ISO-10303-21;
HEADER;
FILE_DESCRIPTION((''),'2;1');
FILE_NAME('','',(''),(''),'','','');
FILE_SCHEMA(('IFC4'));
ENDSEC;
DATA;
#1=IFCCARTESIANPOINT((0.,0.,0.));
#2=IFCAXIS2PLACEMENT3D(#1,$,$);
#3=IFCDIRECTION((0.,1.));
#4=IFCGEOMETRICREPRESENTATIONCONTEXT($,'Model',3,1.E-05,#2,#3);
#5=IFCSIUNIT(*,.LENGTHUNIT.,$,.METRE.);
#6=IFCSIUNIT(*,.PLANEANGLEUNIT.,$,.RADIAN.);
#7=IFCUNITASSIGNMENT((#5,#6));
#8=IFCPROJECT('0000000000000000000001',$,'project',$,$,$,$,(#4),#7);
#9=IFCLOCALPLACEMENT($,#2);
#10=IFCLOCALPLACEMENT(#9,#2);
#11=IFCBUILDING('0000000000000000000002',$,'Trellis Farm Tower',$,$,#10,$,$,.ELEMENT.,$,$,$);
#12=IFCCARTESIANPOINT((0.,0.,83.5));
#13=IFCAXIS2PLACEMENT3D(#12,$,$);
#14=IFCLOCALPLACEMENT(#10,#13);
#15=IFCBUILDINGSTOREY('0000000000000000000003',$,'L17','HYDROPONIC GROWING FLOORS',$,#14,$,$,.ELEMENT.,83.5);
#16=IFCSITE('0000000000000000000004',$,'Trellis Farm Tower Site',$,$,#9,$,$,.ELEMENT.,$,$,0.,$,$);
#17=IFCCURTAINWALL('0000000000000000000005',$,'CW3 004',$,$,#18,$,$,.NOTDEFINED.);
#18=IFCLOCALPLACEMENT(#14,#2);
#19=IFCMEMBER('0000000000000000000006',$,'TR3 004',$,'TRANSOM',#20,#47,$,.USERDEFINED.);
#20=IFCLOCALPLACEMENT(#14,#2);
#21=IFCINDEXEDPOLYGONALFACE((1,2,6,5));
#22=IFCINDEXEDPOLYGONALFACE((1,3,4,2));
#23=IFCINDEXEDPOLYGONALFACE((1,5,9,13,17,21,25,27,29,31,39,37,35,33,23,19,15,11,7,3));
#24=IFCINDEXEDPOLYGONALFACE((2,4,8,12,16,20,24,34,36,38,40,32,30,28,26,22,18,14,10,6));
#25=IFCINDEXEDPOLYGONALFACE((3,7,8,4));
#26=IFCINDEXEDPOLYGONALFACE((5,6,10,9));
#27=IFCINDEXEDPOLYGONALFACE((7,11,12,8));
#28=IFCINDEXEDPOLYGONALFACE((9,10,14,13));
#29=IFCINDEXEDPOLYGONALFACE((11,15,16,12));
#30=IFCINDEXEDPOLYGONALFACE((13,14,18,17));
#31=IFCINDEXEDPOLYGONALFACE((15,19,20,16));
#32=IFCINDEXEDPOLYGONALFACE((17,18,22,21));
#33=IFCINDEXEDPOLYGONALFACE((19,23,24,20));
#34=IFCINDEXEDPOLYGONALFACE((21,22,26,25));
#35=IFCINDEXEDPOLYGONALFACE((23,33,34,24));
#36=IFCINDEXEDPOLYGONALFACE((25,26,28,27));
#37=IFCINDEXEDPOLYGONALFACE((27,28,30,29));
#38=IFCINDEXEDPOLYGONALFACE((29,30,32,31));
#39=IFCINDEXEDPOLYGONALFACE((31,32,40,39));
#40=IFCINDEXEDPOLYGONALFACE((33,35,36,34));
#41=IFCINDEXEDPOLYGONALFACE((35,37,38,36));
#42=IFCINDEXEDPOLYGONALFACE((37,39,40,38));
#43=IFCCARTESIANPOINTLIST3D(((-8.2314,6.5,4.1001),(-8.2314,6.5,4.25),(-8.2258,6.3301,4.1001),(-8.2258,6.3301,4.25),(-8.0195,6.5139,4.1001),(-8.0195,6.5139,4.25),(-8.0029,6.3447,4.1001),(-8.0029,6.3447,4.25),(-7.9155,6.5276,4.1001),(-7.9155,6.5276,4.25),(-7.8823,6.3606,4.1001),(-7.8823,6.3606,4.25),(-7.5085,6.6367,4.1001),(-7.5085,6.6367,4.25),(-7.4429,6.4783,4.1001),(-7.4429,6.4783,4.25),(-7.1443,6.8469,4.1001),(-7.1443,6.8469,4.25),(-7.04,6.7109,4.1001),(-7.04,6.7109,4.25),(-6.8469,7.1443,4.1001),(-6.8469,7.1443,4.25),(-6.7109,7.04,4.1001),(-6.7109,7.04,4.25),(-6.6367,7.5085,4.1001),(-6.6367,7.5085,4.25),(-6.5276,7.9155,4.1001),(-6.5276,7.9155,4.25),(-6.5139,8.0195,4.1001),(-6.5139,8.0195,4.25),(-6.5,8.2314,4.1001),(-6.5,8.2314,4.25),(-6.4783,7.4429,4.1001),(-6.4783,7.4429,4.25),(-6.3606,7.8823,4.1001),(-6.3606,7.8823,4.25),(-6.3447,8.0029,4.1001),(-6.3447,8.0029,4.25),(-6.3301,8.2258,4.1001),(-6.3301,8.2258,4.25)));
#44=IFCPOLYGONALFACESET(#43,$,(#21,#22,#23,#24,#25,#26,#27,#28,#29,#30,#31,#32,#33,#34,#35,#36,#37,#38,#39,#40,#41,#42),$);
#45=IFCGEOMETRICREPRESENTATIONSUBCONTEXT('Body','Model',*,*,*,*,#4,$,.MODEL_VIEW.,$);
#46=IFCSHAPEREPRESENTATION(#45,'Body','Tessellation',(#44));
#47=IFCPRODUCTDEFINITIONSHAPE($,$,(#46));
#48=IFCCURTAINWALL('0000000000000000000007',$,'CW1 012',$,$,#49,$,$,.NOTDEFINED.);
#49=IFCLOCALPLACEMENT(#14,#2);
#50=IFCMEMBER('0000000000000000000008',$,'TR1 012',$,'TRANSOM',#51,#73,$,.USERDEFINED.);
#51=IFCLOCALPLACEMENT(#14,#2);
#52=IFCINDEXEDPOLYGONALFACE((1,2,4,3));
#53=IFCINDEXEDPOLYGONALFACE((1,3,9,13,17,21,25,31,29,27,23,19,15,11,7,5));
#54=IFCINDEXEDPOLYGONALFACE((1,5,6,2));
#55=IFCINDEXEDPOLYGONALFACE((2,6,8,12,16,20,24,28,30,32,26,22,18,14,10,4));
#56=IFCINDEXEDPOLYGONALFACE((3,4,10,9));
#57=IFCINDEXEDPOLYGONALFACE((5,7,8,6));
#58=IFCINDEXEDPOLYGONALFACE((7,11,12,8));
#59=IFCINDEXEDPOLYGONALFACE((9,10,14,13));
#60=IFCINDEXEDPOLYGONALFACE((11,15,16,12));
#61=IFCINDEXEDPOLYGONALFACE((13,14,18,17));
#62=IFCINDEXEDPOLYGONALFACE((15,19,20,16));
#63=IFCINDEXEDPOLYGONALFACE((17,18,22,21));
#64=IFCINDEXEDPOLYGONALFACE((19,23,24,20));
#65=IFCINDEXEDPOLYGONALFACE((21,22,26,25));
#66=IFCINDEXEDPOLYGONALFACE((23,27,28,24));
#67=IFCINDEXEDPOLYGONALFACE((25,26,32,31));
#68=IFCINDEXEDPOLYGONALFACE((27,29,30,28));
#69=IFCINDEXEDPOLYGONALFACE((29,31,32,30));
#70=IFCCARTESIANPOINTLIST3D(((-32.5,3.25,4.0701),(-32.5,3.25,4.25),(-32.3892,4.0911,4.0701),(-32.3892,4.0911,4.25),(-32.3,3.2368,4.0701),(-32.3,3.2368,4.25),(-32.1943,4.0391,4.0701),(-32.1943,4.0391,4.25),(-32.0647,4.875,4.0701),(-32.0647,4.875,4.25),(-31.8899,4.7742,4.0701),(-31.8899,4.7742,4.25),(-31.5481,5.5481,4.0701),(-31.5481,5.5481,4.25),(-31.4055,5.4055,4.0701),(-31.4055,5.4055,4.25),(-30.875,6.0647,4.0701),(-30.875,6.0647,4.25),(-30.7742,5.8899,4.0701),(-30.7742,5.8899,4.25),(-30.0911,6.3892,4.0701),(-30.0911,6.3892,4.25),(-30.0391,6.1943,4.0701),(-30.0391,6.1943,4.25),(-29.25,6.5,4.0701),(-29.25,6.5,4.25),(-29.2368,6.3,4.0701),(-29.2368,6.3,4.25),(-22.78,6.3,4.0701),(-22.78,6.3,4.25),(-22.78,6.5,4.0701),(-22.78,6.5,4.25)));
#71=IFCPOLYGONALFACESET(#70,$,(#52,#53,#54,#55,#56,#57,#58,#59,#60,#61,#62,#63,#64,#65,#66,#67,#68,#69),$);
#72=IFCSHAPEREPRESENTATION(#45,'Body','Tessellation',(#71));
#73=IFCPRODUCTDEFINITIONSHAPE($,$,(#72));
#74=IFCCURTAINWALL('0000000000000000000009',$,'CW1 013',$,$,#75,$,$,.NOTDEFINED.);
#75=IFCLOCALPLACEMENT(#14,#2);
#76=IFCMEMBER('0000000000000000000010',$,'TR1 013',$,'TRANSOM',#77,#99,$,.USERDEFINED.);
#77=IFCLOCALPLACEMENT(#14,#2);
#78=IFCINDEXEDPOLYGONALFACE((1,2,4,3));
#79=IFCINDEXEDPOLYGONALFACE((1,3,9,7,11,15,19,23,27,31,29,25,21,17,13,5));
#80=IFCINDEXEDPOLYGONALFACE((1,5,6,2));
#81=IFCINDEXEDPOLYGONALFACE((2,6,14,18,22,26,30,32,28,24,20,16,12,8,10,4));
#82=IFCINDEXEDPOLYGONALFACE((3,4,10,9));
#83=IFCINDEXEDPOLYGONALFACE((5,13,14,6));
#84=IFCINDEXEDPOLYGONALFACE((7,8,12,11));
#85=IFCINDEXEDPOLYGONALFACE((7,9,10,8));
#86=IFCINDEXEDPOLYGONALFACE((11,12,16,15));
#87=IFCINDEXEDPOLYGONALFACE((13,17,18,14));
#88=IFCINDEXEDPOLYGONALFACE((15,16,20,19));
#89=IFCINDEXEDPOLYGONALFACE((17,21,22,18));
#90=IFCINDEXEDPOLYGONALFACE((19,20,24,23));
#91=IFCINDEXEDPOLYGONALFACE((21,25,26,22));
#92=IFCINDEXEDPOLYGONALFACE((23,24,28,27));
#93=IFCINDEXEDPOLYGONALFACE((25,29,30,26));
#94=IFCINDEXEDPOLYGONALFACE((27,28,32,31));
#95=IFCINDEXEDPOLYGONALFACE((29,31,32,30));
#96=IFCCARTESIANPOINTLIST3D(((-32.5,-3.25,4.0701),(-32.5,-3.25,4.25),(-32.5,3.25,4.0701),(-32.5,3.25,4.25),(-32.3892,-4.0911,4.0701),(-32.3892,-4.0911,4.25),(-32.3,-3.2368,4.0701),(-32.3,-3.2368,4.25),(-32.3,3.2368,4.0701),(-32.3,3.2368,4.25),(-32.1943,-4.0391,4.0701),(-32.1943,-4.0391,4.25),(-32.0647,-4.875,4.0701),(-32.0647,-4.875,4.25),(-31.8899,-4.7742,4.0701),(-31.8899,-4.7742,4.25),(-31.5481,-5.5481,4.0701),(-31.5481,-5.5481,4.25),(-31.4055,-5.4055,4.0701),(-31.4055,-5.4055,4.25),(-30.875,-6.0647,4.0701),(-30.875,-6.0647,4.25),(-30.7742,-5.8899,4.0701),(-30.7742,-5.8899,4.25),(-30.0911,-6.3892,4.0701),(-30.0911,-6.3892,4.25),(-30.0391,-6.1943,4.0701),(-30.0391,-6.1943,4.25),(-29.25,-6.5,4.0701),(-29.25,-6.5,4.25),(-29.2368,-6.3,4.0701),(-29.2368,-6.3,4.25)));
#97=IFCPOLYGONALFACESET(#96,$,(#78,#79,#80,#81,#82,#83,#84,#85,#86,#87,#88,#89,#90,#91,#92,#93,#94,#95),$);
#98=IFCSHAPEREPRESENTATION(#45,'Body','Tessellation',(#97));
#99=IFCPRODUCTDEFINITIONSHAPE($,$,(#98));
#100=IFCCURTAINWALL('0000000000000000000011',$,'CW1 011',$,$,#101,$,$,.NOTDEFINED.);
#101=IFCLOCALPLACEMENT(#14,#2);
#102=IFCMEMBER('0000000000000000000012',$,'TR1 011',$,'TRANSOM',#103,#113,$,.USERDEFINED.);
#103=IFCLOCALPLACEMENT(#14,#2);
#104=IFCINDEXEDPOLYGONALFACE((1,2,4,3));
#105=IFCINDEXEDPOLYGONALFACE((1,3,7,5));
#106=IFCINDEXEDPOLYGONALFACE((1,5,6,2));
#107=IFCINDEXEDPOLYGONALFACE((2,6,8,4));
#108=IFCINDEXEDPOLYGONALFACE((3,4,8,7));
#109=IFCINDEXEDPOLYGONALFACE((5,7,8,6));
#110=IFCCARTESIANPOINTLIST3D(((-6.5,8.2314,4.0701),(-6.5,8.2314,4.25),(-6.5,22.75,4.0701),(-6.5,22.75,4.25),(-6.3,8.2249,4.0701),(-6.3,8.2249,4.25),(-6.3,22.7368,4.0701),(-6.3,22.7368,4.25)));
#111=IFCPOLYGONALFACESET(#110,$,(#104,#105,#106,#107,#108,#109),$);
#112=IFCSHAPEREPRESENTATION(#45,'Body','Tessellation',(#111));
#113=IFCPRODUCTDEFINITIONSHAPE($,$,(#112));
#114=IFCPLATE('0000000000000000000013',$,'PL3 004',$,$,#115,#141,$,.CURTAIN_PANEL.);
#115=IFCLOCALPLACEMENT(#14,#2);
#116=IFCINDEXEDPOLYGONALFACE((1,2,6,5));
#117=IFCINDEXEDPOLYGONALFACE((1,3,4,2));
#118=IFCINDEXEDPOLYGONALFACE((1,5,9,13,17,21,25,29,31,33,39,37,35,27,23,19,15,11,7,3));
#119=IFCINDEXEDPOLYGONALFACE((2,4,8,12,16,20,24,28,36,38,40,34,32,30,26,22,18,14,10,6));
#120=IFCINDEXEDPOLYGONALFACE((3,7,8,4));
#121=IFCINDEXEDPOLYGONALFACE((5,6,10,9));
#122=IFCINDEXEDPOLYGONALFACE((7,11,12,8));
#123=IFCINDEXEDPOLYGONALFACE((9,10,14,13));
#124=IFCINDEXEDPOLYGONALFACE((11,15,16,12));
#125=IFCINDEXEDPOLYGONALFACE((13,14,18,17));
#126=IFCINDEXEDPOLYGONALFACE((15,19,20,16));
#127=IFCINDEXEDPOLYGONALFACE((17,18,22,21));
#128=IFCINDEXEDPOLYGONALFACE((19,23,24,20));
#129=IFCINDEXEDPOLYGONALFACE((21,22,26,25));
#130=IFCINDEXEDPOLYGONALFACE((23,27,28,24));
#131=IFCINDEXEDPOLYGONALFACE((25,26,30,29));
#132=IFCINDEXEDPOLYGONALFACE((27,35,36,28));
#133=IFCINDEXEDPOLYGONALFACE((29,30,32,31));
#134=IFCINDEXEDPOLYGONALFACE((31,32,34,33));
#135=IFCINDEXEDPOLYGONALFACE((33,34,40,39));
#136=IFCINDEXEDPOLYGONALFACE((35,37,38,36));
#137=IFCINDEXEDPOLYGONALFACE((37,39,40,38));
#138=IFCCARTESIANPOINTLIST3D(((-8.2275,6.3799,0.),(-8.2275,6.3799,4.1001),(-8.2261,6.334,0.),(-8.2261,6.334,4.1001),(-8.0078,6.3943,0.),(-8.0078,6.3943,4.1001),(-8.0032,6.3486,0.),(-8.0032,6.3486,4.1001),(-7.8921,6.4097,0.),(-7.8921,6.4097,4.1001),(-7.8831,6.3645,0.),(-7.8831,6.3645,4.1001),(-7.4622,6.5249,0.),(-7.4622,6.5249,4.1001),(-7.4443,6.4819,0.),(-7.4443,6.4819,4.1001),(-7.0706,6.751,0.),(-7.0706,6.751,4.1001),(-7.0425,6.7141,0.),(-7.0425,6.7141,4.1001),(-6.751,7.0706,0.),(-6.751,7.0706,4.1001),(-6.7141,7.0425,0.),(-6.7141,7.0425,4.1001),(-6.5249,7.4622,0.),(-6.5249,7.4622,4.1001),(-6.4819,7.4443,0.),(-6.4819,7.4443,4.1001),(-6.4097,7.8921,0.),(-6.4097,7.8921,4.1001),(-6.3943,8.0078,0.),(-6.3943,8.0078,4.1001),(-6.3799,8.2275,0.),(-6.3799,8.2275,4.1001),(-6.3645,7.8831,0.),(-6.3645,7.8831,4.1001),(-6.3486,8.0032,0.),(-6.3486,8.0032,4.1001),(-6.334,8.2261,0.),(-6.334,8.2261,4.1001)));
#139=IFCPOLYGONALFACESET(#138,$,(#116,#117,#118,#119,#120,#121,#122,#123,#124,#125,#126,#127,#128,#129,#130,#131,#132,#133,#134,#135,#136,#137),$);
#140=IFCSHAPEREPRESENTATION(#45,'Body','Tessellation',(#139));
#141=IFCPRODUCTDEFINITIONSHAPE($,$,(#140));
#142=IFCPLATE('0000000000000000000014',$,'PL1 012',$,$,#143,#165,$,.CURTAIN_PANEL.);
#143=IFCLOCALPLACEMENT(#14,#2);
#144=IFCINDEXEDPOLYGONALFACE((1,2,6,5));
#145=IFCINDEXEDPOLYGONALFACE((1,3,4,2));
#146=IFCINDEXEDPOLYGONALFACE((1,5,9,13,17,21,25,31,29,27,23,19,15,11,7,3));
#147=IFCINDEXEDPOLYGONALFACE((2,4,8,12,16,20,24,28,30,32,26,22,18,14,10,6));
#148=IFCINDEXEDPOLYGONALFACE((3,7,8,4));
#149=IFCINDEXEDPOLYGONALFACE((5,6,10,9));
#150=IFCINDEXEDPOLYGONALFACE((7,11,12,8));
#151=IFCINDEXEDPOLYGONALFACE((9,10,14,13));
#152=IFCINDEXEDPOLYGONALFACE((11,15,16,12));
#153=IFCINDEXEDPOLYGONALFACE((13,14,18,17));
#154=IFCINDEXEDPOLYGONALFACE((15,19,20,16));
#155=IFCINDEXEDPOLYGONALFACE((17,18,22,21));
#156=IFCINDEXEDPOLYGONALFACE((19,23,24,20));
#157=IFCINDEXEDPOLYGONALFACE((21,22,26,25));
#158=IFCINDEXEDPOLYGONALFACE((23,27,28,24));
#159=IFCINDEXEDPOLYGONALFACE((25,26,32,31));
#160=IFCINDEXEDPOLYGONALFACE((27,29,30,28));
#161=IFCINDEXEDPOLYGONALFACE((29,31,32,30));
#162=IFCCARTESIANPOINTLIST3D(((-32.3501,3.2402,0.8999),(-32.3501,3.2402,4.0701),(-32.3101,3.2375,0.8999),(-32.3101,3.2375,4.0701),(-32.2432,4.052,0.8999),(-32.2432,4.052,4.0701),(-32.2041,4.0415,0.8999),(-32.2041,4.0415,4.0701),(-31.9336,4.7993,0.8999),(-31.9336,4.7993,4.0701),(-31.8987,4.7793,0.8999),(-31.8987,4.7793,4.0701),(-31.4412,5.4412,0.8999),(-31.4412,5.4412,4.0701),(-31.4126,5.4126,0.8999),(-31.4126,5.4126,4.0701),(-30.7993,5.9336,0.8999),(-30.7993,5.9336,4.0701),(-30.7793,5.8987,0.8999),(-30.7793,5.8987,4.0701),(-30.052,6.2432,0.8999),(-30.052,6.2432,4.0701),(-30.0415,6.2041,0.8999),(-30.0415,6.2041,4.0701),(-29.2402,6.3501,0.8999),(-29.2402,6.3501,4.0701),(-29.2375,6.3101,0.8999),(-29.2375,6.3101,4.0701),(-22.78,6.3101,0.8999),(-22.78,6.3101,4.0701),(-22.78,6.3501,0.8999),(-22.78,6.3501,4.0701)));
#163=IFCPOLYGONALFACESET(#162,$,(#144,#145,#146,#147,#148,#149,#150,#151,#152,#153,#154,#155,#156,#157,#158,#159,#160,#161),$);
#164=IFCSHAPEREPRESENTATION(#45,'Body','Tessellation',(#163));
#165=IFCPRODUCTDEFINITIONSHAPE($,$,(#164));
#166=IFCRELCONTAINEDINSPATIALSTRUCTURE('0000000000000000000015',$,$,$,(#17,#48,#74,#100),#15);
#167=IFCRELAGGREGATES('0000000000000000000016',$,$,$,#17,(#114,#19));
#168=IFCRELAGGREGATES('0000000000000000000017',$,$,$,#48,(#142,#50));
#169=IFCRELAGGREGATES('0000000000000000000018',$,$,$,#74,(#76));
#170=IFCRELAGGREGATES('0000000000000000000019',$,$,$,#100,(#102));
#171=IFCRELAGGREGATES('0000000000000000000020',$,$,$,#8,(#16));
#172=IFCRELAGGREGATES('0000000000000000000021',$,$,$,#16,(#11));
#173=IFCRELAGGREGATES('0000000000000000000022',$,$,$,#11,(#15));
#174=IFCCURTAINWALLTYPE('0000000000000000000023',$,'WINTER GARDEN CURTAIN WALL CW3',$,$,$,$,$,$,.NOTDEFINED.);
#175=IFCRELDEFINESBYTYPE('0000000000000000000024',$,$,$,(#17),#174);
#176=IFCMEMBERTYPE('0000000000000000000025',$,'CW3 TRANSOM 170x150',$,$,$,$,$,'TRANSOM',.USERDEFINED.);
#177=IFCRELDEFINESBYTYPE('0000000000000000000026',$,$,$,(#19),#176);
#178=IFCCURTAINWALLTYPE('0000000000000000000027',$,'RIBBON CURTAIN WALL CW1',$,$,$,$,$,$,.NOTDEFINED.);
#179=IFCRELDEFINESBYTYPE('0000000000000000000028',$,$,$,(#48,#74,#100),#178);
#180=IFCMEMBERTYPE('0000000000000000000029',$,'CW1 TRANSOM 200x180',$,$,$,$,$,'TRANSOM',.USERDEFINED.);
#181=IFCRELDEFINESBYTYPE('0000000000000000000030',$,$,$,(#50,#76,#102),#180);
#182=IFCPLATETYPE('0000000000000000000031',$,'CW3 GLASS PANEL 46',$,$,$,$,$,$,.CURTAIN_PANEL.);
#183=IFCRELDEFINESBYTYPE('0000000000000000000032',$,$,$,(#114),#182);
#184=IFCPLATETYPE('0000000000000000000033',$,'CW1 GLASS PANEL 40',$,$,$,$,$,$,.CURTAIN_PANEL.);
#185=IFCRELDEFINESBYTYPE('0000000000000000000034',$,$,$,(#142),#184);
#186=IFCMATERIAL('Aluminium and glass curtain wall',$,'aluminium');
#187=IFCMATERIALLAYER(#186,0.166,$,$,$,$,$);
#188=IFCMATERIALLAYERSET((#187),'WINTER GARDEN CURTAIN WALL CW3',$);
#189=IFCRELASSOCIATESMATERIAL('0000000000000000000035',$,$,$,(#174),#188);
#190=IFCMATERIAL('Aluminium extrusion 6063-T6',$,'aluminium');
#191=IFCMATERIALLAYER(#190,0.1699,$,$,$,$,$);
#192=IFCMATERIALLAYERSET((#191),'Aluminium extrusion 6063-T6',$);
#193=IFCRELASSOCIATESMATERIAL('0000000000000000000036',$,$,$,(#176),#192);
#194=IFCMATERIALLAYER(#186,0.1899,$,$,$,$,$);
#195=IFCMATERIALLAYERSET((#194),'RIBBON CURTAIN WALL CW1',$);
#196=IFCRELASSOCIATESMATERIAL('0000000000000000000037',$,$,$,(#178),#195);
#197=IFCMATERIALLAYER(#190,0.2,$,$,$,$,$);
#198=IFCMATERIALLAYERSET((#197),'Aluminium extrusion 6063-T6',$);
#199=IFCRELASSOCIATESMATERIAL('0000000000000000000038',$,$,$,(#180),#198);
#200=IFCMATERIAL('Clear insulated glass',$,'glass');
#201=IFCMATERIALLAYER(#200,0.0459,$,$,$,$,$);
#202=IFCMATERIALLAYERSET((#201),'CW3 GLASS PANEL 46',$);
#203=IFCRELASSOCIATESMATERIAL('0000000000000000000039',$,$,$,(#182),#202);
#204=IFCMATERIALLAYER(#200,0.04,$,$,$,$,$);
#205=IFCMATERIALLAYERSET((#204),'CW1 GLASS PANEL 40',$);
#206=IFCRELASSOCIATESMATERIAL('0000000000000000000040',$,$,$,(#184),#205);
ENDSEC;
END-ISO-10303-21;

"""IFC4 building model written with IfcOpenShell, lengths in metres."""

from ifc_helpers import new_model, si_unit, direction, frame, origin, place, context, subcontext, project, spatial, polyline, outline, extrude, source, transform, mapped, material, layer, layer_set, type_object, element, aggregate, save


model = new_model("IFC4")

# Units and contexts
model_context = context("Model", 3, precision=1e-05, world=origin(), true_north=direction((0.0, 1.0)))
body_context = subcontext(model_context, "Body", "Model", "MODEL_VIEW")
ifc_project = project(units=[si_unit("LENGTHUNIT", "METRE"), si_unit("PLANEANGLEUNIT", "RADIAN")], contexts=[model_context])

# Site, building, storey
site_placement = place(None, origin())
site = spatial("IfcSite", under=ifc_project, at=site_placement, Name="Trellis Farm Tower Site", CompositionType="ELEMENT", RefElevation=0.0)
building_placement = place(site_placement, origin())
building = spatial("IfcBuilding", under=site, at=building_placement, Name="Trellis Farm Tower", CompositionType="ELEMENT")
storey_placement = place(building_placement, frame((0.0, 0.0, 83.5)))
storey = spatial("IfcBuildingStorey", under=building, at=storey_placement, Name="L17", Description="HYDROPONIC GROWING FLOORS", CompositionType="ELEMENT", Elevation=83.5)

# Curtain walls, members
ifc_material_1 = material(Name="Aluminium and glass curtain wall", Category="aluminium")
ifc_layer_1 = layer(ifc_material_1, 0.166)
ifc_layer_set_1 = layer_set([ifc_layer_1], Name="WINTER GARDEN CURTAIN WALL CW3")
curtain_wall_type_1 = type_object("IfcCurtainWallType", Name="WINTER GARDEN CURTAIN WALL CW3", PredefinedType="NOTDEFINED", material=ifc_layer_set_1)
placement_1 = place(storey_placement, origin())
curtain_wall_1 = element("IfcCurtainWall", 1, at=placement_1, inside=storey, type_object=curtain_wall_type_1, Name="CW3 004", PredefinedType="NOTDEFINED")
ifc_material_2 = material(Name="Aluminium extrusion 6063-T6", Category="aluminium")
ifc_layer_2 = layer(ifc_material_2, 0.1699)
ifc_layer_set_2 = layer_set([ifc_layer_2], Name="Aluminium extrusion 6063-T6")
member_type_1 = type_object("IfcMemberType", Name="CW3 TRANSOM 170x150", ElementType="TRANSOM", PredefinedType="USERDEFINED", material=ifc_layer_set_2)
shared_shape_1 = source(origin(), body_context, "Body", "SweptSolid", [
    extrude(outline(polyline([(-6.5, 8.2314), (-6.5139, 8.0195), (-6.5276, 7.9155), (-6.6367, 7.5085), (-6.8469, 7.1443), (-7.1443, 6.8469), (-7.5085, 6.6367), (-7.9155, 6.5276), (-8.0195, 6.5139), (-8.2314, 6.5), (-8.2258, 6.3301), (-8.0029, 6.3447), (-7.8823, 6.3606), (-7.4429, 6.4783), (-7.04, 6.7109), (-6.7109, 7.04), (-6.4783, 7.4429), (-6.3606, 7.8823), (-6.3447, 8.0029), (-6.3301, 8.2258), (-6.5, 8.2314)])), origin(), (0.0, 0.0, 1.0), 0.1499),
])
member_1_placement = place(storey_placement, frame((0.0, 0.0, 4.1001)))
member_1 = element("IfcMember", 2, at=member_1_placement, type_object=member_type_1, Name="TR3 004", ObjectType="TRANSOM", PredefinedType="USERDEFINED", context=body_context, shape_type="MappedRepresentation", body=[
    mapped(shared_shape_1, transform((0.0, 0.0, 0.0))),
])
ifc_layer_3 = layer(ifc_material_1, 0.1899)
ifc_layer_set_3 = layer_set([ifc_layer_3], Name="RIBBON CURTAIN WALL CW1")
curtain_wall_type_2 = type_object("IfcCurtainWallType", Name="RIBBON CURTAIN WALL CW1", PredefinedType="NOTDEFINED", material=ifc_layer_set_3)
curtain_wall_2 = element("IfcCurtainWall", 3, at=placement_1, inside=storey, type_object=curtain_wall_type_2, Name="CW1 012", PredefinedType="NOTDEFINED")
ifc_layer_4 = layer(ifc_material_2, 0.2)
ifc_layer_set_4 = layer_set([ifc_layer_4], Name="Aluminium extrusion 6063-T6")
member_type_2 = type_object("IfcMemberType", Name="CW1 TRANSOM 200x180", ElementType="TRANSOM", PredefinedType="USERDEFINED", material=ifc_layer_set_4)
shared_shape_2 = source(origin(), body_context, "Body", "SweptSolid", [
    extrude(outline(polyline([(-22.78, 6.5), (-29.25, 6.5), (-30.0911, 6.3892), (-30.875, 6.0647), (-31.5481, 5.5481), (-32.0647, 4.875), (-32.3892, 4.0911), (-32.5, 3.25), (-32.3, 3.2368), (-32.1943, 4.0391), (-31.8899, 4.7742), (-31.4055, 5.4055), (-30.7742, 5.8899), (-30.0391, 6.1943), (-29.2368, 6.3), (-22.78, 6.3), (-22.78, 6.5)])), origin(), (0.0, 0.0, 1.0), 0.1799),
])
placement_2 = place(storey_placement, frame((0.0, 0.0, 4.0701)))
member_2 = element("IfcMember", 4, at=placement_2, type_object=member_type_2, Name="TR1 012", ObjectType="TRANSOM", PredefinedType="USERDEFINED", context=body_context, shape_type="MappedRepresentation", body=[
    mapped(shared_shape_2, transform((0.0, 0.0, 0.0))),
])
curtain_wall_3 = element("IfcCurtainWall", 5, at=placement_1, inside=storey, type_object=curtain_wall_type_2, Name="CW1 013", PredefinedType="NOTDEFINED")
shared_shape_3 = source(origin(), body_context, "Body", "SweptSolid", [
    extrude(outline(polyline([(-32.5, 3.25), (-32.5, -3.25), (-32.3892, -4.0911), (-32.0647, -4.875), (-31.5481, -5.5481), (-30.875, -6.0647), (-30.0911, -6.3892), (-29.25, -6.5), (-29.2368, -6.3), (-30.0391, -6.1943), (-30.7742, -5.8899), (-31.4055, -5.4055), (-31.8899, -4.7742), (-32.1943, -4.0391), (-32.3, -3.2368), (-32.3, 3.2368), (-32.5, 3.25)])), origin(), (0.0, 0.0, 1.0), 0.1799),
])
member_3 = element("IfcMember", 6, at=placement_2, type_object=member_type_2, Name="TR1 013", ObjectType="TRANSOM", PredefinedType="USERDEFINED", context=body_context, shape_type="MappedRepresentation", body=[
    mapped(shared_shape_3, transform((0.0, 0.0, 0.0))),
])
curtain_wall_4 = element("IfcCurtainWall", 7, at=placement_1, inside=storey, type_object=curtain_wall_type_2, Name="CW1 011", PredefinedType="NOTDEFINED")
shared_shape_4 = source(origin(), body_context, "Body", "SweptSolid", [
    extrude(outline(polyline([(-6.5, 22.75), (-6.5, 8.2314), (-6.3, 8.2249), (-6.3, 22.7368), (-6.5, 22.75)])), origin(), (0.0, 0.0, 1.0), 0.1799),
])
member_4 = element("IfcMember", 8, at=placement_2, type_object=member_type_2, Name="TR1 011", ObjectType="TRANSOM", PredefinedType="USERDEFINED", context=body_context, shape_type="MappedRepresentation", body=[
    mapped(shared_shape_4, transform((0.0, 0.0, 0.0))),
])

# Plates
ifc_material_3 = material(Name="Clear insulated glass", Category="glass")
ifc_layer_5 = layer(ifc_material_3, 0.0459)
ifc_layer_set_5 = layer_set([ifc_layer_5], Name="CW3 GLASS PANEL 46")
plate_type_1 = type_object("IfcPlateType", Name="CW3 GLASS PANEL 46", PredefinedType="CURTAIN_PANEL", material=ifc_layer_set_5)
shared_shape_5 = source(origin(), body_context, "Body", "SweptSolid", [
    extrude(outline(polyline([(-6.3799, 8.2275), (-6.3943, 8.0078), (-6.4097, 7.8921), (-6.5249, 7.4622), (-6.751, 7.0706), (-7.0706, 6.751), (-7.4622, 6.5249), (-7.8921, 6.4097), (-8.0078, 6.3943), (-8.2275, 6.3799), (-8.2261, 6.334), (-8.0032, 6.3486), (-7.8831, 6.3645), (-7.4443, 6.4819), (-7.0425, 6.7141), (-6.7141, 7.0425), (-6.4819, 7.4443), (-6.3645, 7.8831), (-6.3486, 8.0032), (-6.334, 8.2261), (-6.3799, 8.2275)])), origin(), (0.0, 0.0, 1.0), 4.1001),
])
plate_1 = element("IfcPlate", 9, at=placement_1, type_object=plate_type_1, Name="PL3 004", PredefinedType="CURTAIN_PANEL", context=body_context, shape_type="MappedRepresentation", body=[
    mapped(shared_shape_5, transform((0.0, 0.0, 0.0))),
])
aggregate(curtain_wall_1, [plate_1, member_1])
ifc_layer_6 = layer(ifc_material_3, 0.04)
ifc_layer_set_6 = layer_set([ifc_layer_6], Name="CW1 GLASS PANEL 40")
plate_type_2 = type_object("IfcPlateType", Name="CW1 GLASS PANEL 40", PredefinedType="CURTAIN_PANEL", material=ifc_layer_set_6)
shared_shape_6 = source(origin(), body_context, "Body", "SweptSolid", [
    extrude(outline(polyline([(-22.78, 6.3501), (-29.2402, 6.3501), (-30.052, 6.2432), (-30.7993, 5.9336), (-31.4412, 5.4412), (-31.9336, 4.7993), (-32.2432, 4.052), (-32.3501, 3.2402), (-32.3101, 3.2375), (-32.2041, 4.0415), (-31.8987, 4.7793), (-31.4126, 5.4126), (-30.7793, 5.8987), (-30.0415, 6.2041), (-29.2375, 6.3101), (-22.78, 6.3101), (-22.78, 6.3501)])), origin(), (0.0, 0.0, 1.0), 3.1702),
])
placement_3 = place(storey_placement, frame((0.0, 0.0, 0.8999)))
plate_2 = element("IfcPlate", 10, at=placement_3, type_object=plate_type_2, Name="PL1 012", PredefinedType="CURTAIN_PANEL", context=body_context, shape_type="MappedRepresentation", body=[
    mapped(shared_shape_6, transform((0.0, 0.0, 0.0))),
])
aggregate(curtain_wall_2, [plate_2, member_2])
aggregate(curtain_wall_3, [member_3])
aggregate(curtain_wall_4, [member_4])

save(model, "model.ifc")
